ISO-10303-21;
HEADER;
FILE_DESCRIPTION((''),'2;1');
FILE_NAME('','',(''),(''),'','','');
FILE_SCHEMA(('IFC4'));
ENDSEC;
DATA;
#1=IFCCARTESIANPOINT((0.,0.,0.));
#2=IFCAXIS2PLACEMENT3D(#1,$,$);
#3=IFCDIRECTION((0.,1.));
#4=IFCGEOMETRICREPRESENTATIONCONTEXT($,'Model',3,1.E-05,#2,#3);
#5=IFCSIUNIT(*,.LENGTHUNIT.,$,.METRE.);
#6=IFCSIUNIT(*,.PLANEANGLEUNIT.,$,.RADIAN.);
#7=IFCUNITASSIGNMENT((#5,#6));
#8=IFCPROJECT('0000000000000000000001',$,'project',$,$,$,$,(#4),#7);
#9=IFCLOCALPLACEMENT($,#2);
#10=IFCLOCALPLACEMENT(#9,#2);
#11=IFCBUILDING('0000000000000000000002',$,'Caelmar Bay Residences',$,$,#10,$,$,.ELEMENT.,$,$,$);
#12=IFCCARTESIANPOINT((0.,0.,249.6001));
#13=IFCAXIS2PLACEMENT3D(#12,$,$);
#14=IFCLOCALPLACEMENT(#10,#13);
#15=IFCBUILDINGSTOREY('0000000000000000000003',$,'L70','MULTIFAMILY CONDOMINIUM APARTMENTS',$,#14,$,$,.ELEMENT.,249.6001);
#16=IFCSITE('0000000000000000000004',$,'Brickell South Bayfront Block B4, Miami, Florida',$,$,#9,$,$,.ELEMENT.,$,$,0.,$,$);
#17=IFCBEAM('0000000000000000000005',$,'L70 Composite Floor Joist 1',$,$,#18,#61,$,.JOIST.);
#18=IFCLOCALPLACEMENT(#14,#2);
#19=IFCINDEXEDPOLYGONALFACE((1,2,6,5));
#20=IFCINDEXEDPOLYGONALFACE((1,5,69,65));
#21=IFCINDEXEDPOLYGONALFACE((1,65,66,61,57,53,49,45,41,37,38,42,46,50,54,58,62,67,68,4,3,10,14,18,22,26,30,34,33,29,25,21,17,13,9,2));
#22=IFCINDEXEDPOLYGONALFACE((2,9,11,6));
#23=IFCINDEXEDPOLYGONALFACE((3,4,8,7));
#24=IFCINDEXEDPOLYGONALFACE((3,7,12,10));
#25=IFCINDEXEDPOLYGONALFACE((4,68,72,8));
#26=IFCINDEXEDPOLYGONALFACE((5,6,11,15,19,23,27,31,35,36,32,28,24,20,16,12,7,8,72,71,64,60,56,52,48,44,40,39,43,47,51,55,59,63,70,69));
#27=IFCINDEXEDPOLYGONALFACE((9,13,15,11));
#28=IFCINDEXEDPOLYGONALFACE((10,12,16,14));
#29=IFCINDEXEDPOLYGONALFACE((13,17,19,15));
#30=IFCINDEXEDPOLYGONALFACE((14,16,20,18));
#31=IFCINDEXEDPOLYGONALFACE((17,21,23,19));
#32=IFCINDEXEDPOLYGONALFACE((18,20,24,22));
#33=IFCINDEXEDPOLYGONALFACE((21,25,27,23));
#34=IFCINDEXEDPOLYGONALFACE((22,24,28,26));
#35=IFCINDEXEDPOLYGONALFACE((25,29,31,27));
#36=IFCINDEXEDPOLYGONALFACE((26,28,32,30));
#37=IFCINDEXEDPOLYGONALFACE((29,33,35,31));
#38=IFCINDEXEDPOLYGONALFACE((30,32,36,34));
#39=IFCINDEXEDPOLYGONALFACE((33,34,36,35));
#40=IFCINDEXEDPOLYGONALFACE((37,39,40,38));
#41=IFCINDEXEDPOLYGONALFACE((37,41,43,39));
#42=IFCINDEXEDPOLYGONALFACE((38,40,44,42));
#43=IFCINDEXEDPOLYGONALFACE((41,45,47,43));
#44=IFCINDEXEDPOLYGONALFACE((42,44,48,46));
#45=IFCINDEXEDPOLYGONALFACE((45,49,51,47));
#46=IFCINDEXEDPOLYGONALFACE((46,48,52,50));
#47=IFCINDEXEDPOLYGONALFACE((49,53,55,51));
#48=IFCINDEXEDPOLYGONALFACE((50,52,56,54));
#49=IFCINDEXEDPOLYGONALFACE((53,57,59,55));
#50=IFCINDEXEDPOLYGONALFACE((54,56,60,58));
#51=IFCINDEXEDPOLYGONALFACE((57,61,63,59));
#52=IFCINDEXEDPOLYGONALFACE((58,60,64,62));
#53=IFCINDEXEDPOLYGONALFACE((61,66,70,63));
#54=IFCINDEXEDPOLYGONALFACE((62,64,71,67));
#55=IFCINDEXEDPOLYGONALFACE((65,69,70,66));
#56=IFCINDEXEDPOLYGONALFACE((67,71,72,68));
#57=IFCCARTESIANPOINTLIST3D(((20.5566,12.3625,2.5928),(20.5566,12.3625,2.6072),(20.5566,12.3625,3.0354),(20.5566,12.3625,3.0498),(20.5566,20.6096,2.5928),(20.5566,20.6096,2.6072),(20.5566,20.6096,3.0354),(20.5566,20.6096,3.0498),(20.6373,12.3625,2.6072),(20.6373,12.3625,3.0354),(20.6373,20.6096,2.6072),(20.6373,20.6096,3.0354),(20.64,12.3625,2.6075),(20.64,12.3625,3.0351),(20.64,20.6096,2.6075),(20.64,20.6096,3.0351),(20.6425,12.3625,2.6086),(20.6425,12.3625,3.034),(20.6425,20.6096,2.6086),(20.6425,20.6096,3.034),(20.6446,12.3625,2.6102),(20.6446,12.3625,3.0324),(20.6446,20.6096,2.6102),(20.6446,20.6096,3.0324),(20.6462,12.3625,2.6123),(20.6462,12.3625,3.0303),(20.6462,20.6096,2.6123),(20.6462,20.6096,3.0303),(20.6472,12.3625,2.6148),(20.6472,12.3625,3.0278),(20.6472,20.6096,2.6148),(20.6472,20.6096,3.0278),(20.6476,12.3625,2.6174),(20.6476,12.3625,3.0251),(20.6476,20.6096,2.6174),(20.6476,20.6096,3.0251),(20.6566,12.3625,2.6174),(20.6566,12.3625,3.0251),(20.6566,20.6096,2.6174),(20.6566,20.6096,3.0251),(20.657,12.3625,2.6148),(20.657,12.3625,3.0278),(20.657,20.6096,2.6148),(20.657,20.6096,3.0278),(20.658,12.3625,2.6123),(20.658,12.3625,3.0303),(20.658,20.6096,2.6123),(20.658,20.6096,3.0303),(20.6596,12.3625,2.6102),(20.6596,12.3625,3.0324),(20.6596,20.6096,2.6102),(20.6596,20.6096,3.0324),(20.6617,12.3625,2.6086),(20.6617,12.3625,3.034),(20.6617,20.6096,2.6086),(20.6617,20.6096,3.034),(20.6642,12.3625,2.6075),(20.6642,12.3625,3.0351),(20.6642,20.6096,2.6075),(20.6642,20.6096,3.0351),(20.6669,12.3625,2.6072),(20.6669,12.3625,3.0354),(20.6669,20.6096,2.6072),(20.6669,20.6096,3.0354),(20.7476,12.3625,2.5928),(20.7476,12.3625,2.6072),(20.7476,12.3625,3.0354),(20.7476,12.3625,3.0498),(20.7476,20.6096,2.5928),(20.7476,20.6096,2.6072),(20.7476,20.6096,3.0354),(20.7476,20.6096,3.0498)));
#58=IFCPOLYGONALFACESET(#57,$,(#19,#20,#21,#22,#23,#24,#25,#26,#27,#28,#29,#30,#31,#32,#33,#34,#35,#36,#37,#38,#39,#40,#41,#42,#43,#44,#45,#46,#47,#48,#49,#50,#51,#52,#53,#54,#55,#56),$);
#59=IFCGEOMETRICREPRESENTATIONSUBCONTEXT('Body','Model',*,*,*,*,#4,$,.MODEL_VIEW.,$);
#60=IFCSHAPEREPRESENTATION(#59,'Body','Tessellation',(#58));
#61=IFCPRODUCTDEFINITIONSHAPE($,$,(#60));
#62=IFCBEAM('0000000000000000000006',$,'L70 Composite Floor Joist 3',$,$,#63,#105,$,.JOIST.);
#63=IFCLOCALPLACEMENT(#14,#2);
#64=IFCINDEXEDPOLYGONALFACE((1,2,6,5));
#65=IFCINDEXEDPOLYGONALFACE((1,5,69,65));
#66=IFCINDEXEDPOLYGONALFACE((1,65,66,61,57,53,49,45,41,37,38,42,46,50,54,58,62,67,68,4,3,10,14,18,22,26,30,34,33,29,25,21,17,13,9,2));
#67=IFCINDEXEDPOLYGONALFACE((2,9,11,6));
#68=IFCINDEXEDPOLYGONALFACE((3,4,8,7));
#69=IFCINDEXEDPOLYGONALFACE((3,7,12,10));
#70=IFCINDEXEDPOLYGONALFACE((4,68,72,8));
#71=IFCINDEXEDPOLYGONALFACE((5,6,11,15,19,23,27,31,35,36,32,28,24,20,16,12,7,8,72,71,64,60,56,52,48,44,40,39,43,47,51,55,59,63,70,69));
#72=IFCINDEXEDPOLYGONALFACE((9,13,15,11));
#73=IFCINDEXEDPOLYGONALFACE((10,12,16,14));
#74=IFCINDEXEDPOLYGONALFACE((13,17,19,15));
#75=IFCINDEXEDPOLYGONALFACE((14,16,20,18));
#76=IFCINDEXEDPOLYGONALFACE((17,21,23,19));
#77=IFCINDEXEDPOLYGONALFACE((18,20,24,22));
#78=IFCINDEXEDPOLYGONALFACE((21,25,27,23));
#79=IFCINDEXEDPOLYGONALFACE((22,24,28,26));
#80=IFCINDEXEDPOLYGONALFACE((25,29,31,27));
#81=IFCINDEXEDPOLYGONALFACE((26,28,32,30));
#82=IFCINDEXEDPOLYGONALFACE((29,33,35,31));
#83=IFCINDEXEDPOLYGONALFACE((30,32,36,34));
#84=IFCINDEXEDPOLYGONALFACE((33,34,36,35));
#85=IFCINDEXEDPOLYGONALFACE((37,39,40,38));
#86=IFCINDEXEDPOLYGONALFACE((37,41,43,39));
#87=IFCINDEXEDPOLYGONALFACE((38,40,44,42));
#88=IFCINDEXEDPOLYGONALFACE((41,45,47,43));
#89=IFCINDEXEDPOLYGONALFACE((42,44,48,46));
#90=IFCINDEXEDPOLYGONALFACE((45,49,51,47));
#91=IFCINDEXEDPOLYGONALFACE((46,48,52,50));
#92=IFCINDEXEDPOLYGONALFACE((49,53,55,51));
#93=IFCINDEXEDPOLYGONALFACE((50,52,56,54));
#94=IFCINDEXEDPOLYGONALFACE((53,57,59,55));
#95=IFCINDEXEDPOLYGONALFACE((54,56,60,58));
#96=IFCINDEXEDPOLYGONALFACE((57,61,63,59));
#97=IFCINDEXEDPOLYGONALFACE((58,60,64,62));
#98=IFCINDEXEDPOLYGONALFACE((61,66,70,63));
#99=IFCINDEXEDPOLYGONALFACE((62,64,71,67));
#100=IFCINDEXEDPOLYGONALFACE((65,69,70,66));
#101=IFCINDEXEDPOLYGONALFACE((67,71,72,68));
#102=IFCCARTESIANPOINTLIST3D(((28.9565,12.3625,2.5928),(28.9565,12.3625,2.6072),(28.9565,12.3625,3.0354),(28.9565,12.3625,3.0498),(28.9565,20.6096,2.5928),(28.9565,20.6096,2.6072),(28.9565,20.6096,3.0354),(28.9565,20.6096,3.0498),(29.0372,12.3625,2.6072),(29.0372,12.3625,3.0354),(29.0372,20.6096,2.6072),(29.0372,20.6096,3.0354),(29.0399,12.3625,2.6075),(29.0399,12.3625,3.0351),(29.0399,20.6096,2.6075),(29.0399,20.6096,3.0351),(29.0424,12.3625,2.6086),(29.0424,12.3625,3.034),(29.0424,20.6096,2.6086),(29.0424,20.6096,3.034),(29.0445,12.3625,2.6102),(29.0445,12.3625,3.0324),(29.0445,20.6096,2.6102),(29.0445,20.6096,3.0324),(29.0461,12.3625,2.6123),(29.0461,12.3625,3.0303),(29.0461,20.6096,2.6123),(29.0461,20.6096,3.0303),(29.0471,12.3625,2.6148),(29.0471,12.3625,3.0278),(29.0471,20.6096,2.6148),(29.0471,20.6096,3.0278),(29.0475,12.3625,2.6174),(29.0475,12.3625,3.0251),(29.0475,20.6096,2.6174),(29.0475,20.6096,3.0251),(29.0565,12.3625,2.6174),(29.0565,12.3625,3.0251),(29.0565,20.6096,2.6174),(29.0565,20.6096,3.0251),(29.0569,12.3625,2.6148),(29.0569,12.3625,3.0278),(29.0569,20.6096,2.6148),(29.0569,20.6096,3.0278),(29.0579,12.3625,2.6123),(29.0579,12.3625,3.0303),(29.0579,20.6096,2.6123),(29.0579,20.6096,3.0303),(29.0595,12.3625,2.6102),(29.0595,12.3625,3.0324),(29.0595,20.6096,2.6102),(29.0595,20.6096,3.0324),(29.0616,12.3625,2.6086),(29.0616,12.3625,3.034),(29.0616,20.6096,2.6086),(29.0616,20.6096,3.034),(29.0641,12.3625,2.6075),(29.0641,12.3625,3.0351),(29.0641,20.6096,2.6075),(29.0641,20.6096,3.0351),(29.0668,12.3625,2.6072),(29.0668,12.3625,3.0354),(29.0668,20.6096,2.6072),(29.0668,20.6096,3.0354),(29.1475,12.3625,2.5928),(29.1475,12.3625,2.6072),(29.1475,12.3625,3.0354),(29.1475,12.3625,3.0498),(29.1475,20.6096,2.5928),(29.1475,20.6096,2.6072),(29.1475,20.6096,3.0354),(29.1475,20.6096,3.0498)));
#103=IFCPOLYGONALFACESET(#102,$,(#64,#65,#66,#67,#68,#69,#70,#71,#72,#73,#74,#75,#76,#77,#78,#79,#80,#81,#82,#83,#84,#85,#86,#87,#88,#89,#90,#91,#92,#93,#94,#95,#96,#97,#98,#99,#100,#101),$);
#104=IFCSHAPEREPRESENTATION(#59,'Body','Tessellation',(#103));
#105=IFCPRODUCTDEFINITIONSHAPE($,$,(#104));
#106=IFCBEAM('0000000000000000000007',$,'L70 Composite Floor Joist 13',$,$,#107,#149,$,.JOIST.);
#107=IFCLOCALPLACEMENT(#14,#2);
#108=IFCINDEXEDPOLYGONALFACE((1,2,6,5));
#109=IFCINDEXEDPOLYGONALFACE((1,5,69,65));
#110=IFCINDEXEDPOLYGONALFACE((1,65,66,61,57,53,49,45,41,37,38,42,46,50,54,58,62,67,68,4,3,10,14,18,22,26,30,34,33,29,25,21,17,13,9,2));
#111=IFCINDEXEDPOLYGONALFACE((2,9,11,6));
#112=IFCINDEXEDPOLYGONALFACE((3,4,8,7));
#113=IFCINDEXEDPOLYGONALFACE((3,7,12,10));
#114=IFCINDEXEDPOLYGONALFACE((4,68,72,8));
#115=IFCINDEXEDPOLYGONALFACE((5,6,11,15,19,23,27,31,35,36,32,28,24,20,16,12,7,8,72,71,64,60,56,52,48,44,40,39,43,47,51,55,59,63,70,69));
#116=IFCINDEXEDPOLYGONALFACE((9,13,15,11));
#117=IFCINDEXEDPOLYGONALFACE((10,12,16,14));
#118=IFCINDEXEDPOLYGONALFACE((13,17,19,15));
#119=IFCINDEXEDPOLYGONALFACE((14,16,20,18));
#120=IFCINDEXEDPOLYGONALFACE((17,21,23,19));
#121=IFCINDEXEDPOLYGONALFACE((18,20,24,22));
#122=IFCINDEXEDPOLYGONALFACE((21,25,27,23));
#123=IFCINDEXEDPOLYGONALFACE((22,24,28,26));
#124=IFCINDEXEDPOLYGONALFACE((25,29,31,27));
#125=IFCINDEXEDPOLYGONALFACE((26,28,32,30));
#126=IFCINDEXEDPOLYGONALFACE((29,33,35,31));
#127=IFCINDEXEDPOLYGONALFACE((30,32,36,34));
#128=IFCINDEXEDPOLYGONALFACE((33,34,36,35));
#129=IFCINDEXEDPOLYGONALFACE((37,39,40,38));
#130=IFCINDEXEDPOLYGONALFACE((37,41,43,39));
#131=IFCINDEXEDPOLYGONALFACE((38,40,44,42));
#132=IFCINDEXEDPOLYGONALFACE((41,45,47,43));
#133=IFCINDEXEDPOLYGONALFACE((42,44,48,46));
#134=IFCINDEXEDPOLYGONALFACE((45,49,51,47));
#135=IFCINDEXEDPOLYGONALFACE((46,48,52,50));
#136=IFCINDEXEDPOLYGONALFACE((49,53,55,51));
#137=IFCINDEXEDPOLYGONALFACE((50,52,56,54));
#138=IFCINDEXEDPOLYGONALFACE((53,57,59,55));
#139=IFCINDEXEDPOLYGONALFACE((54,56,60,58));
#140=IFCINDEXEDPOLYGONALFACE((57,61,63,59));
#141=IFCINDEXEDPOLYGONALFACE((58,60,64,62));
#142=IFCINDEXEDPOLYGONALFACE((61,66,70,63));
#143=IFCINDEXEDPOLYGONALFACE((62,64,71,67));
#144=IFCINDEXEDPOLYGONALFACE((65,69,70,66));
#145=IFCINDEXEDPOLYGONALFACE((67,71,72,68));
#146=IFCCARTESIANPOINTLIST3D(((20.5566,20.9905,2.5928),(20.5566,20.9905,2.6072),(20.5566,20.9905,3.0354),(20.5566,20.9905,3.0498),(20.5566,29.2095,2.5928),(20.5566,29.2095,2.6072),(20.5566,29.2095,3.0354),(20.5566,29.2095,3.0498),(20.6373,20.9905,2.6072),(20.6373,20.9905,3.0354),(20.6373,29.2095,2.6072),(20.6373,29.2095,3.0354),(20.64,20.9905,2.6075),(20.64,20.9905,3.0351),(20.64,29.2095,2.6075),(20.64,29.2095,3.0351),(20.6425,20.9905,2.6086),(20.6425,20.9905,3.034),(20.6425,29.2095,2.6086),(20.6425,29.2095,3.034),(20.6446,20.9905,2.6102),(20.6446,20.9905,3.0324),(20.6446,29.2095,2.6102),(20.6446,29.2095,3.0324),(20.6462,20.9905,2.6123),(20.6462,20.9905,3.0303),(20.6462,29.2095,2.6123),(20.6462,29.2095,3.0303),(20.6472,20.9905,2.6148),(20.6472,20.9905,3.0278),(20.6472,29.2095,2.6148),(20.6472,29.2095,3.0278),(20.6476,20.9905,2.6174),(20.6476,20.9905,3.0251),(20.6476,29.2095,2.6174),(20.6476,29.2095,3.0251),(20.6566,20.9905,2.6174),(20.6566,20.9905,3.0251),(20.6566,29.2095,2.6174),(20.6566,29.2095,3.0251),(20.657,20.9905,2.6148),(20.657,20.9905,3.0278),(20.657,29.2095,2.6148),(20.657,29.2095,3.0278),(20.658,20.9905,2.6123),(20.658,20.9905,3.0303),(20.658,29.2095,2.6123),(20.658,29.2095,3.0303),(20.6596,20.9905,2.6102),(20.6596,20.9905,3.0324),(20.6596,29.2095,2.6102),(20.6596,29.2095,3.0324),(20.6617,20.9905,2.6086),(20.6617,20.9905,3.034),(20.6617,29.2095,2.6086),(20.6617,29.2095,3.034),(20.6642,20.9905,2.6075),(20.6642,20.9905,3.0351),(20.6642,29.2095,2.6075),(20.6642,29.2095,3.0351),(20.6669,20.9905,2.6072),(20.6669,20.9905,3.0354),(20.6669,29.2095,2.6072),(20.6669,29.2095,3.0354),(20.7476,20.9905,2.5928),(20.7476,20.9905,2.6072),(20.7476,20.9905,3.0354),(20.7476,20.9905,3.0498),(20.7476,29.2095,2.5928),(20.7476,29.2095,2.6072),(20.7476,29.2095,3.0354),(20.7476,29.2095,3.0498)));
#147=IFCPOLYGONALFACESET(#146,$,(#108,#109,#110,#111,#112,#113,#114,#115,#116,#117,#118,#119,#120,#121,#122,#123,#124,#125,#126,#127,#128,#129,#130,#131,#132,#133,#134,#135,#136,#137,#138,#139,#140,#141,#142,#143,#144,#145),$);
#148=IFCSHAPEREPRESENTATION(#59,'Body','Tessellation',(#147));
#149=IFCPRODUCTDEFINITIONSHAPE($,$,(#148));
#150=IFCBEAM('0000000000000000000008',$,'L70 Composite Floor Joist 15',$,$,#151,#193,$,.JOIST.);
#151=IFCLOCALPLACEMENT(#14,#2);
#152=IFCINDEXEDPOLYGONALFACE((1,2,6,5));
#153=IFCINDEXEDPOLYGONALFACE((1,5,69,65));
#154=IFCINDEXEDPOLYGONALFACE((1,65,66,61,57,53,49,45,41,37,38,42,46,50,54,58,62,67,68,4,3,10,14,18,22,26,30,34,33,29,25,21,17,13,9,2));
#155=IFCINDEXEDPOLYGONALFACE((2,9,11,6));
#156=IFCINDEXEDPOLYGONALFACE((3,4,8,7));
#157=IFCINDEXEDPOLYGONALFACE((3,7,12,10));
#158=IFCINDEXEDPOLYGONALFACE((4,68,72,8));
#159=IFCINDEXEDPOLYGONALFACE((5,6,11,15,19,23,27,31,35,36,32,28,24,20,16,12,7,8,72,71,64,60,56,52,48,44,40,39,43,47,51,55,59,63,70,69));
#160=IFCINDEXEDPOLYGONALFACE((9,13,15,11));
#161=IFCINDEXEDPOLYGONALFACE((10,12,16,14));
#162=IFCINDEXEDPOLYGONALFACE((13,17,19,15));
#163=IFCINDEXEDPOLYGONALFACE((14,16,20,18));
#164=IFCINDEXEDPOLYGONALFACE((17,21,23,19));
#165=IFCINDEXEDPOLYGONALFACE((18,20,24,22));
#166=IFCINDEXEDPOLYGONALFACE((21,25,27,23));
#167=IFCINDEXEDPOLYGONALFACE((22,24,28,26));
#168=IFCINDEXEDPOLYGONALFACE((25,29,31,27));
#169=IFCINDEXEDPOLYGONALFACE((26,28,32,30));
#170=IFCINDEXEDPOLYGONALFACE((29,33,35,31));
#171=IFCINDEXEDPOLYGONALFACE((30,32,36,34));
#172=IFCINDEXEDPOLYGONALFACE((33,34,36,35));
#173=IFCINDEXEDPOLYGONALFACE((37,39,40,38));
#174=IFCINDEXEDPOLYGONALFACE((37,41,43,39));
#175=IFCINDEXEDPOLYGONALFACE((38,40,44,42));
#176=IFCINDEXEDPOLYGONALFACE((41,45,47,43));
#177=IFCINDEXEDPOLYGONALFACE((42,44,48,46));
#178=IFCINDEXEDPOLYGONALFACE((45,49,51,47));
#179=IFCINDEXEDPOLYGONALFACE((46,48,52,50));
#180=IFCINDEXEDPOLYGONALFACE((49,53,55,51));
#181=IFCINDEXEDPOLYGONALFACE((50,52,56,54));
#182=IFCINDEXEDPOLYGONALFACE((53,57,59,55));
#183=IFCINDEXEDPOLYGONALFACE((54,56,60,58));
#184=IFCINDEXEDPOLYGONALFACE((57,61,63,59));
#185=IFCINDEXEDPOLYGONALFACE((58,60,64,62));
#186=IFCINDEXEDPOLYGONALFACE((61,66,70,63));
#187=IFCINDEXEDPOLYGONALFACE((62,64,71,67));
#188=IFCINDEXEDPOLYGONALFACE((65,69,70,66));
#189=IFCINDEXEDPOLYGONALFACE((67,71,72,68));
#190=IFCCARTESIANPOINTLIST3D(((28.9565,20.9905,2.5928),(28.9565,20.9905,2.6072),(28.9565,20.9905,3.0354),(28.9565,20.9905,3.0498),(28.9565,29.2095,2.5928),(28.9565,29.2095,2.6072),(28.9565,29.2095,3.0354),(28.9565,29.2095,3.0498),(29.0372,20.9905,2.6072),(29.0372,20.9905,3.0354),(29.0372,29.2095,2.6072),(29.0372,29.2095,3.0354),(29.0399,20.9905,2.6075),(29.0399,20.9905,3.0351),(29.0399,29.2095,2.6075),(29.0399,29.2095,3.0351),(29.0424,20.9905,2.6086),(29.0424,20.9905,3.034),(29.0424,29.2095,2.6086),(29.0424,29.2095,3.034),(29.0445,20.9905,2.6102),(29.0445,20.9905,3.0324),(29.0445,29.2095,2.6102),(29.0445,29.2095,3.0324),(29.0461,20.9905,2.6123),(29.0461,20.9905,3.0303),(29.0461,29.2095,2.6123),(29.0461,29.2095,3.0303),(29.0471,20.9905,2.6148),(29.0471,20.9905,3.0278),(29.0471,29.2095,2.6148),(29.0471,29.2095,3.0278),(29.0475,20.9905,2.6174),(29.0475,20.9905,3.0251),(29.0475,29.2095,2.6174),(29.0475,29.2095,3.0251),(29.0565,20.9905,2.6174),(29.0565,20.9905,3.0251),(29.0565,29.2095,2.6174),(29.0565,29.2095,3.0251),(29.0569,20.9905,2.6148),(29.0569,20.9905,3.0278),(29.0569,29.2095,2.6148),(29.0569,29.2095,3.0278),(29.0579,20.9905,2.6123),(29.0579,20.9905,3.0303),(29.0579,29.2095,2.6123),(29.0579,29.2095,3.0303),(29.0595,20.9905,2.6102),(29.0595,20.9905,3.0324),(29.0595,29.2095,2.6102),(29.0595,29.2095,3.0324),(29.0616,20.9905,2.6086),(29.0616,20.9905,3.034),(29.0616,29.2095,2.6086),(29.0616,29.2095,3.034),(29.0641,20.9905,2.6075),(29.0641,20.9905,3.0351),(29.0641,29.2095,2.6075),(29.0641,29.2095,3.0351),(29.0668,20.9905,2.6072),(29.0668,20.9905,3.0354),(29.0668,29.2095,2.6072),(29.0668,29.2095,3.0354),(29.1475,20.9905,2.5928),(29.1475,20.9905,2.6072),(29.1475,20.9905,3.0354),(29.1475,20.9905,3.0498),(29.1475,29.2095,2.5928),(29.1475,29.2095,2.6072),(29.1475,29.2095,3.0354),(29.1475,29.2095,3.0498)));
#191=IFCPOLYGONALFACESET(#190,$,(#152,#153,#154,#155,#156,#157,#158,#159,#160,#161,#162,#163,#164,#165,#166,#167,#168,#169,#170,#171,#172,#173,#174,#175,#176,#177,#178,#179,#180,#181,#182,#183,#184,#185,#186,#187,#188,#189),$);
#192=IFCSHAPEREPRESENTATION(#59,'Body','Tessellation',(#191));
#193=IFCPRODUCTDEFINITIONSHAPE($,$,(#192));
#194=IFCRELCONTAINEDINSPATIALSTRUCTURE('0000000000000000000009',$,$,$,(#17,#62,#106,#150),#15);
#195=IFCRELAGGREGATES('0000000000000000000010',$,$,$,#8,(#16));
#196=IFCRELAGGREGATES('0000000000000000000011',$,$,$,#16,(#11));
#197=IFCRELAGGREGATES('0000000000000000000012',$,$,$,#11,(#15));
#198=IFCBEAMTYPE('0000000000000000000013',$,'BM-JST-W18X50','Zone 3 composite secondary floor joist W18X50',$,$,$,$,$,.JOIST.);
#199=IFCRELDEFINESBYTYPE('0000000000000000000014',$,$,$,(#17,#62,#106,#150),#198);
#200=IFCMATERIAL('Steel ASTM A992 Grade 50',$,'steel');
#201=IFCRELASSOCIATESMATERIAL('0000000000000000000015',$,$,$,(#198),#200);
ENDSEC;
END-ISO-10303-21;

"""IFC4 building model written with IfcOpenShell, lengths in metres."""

from ifc_helpers import new_model, si_unit, direction, frame, origin, origin_2d, place, context, subcontext, project, spatial, i_section, extrude, material, material_profile, profile_set, type_object, element, save


model = new_model("IFC4")

# Units and contexts
model_context = context("Model", 3, precision=1e-05, world=origin(), true_north=direction((0.0, 1.0)))
body_context = subcontext(model_context, "Body", "Model", "MODEL_VIEW")
ifc_project = project(units=[si_unit("LENGTHUNIT", "METRE"), si_unit("PLANEANGLEUNIT", "RADIAN")], contexts=[model_context])

# Site, building, storey
site_placement = place(None, origin())
site = spatial("IfcSite", under=ifc_project, at=site_placement, Name="Brickell South Bayfront Block B4, Miami, Florida", CompositionType="ELEMENT", RefElevation=0.0)
building_placement = place(site_placement, origin())
building = spatial("IfcBuilding", under=site, at=building_placement, Name="Caelmar Bay Residences", CompositionType="ELEMENT")
storey_placement = place(building_placement, frame((0.0, 0.0, 249.6001)))
storey = spatial("IfcBuildingStorey", under=building, at=storey_placement, Name="L70", Description="MULTIFAMILY CONDOMINIUM APARTMENTS", CompositionType="ELEMENT", Elevation=249.6001)

# Beams
ifc_material_1 = material(Name="Steel ASTM A992 Grade 50", Category="steel")
ifc_material_profile_1 = material_profile(ifc_material_1, i_section(OverallWidth=0.1909, OverallDepth=0.457, WebThickness=0.009, FlangeThickness=0.0144, FilletRadius=0.0103, at=origin_2d()), Name="W18X50")
ifc_profile_set_1 = profile_set([ifc_material_profile_1], Name="Steel ASTM A992 Grade 50")
beam_type_1 = type_object("IfcBeamType", Name="BM-JST-W18X50", Description="Zone 3 composite secondary floor joist W18X50", PredefinedType="JOIST", material=ifc_profile_set_1)
for number, where, z_axis, x_axis, name in (
    (1, (20.6521, 12.3625, 2.8213), (0.0, 1.0, 0.0), (-1.0, 0.0, 0.0), "L70 Composite Floor Joist 1"),
    (2, (29.052, 12.3625, 2.8213), (0.0, 1.0, 0.0), (-1.0, 0.0, 0.0), "L70 Composite Floor Joist 3"),
):
    element("IfcBeam", number, at=place(storey_placement, frame(where, z_axis=z_axis, x_axis=x_axis)), inside=storey, type_object=beam_type_1, Name=name, PredefinedType="JOIST", context=body_context, shape_type="SweptSolid", body=[
        extrude(i_section(OverallWidth=0.1909, OverallDepth=0.457, WebThickness=0.009, FlangeThickness=0.0144, FilletRadius=0.0103, at=origin_2d()), origin(), (0.0, 0.0, 1.0), 8.2471),
    ])
for number, where, z_axis, x_axis, name in (
    (3, (20.6521, 20.9905, 2.8213), (0.0, 1.0, 0.0), (-1.0, 0.0, 0.0), "L70 Composite Floor Joist 13"),
    (4, (29.052, 20.9905, 2.8213), (0.0, 1.0, 0.0), (-1.0, 0.0, 0.0), "L70 Composite Floor Joist 15"),
):
    element("IfcBeam", number, at=place(storey_placement, frame(where, z_axis=z_axis, x_axis=x_axis)), inside=storey, type_object=beam_type_1, Name=name, PredefinedType="JOIST", context=body_context, shape_type="SweptSolid", body=[
        extrude(i_section(OverallWidth=0.1909, OverallDepth=0.457, WebThickness=0.009, FlangeThickness=0.0144, FilletRadius=0.0103, at=origin_2d()), origin(), (0.0, 0.0, 1.0), 8.219),
    ])

save(model, "model.ifc")
